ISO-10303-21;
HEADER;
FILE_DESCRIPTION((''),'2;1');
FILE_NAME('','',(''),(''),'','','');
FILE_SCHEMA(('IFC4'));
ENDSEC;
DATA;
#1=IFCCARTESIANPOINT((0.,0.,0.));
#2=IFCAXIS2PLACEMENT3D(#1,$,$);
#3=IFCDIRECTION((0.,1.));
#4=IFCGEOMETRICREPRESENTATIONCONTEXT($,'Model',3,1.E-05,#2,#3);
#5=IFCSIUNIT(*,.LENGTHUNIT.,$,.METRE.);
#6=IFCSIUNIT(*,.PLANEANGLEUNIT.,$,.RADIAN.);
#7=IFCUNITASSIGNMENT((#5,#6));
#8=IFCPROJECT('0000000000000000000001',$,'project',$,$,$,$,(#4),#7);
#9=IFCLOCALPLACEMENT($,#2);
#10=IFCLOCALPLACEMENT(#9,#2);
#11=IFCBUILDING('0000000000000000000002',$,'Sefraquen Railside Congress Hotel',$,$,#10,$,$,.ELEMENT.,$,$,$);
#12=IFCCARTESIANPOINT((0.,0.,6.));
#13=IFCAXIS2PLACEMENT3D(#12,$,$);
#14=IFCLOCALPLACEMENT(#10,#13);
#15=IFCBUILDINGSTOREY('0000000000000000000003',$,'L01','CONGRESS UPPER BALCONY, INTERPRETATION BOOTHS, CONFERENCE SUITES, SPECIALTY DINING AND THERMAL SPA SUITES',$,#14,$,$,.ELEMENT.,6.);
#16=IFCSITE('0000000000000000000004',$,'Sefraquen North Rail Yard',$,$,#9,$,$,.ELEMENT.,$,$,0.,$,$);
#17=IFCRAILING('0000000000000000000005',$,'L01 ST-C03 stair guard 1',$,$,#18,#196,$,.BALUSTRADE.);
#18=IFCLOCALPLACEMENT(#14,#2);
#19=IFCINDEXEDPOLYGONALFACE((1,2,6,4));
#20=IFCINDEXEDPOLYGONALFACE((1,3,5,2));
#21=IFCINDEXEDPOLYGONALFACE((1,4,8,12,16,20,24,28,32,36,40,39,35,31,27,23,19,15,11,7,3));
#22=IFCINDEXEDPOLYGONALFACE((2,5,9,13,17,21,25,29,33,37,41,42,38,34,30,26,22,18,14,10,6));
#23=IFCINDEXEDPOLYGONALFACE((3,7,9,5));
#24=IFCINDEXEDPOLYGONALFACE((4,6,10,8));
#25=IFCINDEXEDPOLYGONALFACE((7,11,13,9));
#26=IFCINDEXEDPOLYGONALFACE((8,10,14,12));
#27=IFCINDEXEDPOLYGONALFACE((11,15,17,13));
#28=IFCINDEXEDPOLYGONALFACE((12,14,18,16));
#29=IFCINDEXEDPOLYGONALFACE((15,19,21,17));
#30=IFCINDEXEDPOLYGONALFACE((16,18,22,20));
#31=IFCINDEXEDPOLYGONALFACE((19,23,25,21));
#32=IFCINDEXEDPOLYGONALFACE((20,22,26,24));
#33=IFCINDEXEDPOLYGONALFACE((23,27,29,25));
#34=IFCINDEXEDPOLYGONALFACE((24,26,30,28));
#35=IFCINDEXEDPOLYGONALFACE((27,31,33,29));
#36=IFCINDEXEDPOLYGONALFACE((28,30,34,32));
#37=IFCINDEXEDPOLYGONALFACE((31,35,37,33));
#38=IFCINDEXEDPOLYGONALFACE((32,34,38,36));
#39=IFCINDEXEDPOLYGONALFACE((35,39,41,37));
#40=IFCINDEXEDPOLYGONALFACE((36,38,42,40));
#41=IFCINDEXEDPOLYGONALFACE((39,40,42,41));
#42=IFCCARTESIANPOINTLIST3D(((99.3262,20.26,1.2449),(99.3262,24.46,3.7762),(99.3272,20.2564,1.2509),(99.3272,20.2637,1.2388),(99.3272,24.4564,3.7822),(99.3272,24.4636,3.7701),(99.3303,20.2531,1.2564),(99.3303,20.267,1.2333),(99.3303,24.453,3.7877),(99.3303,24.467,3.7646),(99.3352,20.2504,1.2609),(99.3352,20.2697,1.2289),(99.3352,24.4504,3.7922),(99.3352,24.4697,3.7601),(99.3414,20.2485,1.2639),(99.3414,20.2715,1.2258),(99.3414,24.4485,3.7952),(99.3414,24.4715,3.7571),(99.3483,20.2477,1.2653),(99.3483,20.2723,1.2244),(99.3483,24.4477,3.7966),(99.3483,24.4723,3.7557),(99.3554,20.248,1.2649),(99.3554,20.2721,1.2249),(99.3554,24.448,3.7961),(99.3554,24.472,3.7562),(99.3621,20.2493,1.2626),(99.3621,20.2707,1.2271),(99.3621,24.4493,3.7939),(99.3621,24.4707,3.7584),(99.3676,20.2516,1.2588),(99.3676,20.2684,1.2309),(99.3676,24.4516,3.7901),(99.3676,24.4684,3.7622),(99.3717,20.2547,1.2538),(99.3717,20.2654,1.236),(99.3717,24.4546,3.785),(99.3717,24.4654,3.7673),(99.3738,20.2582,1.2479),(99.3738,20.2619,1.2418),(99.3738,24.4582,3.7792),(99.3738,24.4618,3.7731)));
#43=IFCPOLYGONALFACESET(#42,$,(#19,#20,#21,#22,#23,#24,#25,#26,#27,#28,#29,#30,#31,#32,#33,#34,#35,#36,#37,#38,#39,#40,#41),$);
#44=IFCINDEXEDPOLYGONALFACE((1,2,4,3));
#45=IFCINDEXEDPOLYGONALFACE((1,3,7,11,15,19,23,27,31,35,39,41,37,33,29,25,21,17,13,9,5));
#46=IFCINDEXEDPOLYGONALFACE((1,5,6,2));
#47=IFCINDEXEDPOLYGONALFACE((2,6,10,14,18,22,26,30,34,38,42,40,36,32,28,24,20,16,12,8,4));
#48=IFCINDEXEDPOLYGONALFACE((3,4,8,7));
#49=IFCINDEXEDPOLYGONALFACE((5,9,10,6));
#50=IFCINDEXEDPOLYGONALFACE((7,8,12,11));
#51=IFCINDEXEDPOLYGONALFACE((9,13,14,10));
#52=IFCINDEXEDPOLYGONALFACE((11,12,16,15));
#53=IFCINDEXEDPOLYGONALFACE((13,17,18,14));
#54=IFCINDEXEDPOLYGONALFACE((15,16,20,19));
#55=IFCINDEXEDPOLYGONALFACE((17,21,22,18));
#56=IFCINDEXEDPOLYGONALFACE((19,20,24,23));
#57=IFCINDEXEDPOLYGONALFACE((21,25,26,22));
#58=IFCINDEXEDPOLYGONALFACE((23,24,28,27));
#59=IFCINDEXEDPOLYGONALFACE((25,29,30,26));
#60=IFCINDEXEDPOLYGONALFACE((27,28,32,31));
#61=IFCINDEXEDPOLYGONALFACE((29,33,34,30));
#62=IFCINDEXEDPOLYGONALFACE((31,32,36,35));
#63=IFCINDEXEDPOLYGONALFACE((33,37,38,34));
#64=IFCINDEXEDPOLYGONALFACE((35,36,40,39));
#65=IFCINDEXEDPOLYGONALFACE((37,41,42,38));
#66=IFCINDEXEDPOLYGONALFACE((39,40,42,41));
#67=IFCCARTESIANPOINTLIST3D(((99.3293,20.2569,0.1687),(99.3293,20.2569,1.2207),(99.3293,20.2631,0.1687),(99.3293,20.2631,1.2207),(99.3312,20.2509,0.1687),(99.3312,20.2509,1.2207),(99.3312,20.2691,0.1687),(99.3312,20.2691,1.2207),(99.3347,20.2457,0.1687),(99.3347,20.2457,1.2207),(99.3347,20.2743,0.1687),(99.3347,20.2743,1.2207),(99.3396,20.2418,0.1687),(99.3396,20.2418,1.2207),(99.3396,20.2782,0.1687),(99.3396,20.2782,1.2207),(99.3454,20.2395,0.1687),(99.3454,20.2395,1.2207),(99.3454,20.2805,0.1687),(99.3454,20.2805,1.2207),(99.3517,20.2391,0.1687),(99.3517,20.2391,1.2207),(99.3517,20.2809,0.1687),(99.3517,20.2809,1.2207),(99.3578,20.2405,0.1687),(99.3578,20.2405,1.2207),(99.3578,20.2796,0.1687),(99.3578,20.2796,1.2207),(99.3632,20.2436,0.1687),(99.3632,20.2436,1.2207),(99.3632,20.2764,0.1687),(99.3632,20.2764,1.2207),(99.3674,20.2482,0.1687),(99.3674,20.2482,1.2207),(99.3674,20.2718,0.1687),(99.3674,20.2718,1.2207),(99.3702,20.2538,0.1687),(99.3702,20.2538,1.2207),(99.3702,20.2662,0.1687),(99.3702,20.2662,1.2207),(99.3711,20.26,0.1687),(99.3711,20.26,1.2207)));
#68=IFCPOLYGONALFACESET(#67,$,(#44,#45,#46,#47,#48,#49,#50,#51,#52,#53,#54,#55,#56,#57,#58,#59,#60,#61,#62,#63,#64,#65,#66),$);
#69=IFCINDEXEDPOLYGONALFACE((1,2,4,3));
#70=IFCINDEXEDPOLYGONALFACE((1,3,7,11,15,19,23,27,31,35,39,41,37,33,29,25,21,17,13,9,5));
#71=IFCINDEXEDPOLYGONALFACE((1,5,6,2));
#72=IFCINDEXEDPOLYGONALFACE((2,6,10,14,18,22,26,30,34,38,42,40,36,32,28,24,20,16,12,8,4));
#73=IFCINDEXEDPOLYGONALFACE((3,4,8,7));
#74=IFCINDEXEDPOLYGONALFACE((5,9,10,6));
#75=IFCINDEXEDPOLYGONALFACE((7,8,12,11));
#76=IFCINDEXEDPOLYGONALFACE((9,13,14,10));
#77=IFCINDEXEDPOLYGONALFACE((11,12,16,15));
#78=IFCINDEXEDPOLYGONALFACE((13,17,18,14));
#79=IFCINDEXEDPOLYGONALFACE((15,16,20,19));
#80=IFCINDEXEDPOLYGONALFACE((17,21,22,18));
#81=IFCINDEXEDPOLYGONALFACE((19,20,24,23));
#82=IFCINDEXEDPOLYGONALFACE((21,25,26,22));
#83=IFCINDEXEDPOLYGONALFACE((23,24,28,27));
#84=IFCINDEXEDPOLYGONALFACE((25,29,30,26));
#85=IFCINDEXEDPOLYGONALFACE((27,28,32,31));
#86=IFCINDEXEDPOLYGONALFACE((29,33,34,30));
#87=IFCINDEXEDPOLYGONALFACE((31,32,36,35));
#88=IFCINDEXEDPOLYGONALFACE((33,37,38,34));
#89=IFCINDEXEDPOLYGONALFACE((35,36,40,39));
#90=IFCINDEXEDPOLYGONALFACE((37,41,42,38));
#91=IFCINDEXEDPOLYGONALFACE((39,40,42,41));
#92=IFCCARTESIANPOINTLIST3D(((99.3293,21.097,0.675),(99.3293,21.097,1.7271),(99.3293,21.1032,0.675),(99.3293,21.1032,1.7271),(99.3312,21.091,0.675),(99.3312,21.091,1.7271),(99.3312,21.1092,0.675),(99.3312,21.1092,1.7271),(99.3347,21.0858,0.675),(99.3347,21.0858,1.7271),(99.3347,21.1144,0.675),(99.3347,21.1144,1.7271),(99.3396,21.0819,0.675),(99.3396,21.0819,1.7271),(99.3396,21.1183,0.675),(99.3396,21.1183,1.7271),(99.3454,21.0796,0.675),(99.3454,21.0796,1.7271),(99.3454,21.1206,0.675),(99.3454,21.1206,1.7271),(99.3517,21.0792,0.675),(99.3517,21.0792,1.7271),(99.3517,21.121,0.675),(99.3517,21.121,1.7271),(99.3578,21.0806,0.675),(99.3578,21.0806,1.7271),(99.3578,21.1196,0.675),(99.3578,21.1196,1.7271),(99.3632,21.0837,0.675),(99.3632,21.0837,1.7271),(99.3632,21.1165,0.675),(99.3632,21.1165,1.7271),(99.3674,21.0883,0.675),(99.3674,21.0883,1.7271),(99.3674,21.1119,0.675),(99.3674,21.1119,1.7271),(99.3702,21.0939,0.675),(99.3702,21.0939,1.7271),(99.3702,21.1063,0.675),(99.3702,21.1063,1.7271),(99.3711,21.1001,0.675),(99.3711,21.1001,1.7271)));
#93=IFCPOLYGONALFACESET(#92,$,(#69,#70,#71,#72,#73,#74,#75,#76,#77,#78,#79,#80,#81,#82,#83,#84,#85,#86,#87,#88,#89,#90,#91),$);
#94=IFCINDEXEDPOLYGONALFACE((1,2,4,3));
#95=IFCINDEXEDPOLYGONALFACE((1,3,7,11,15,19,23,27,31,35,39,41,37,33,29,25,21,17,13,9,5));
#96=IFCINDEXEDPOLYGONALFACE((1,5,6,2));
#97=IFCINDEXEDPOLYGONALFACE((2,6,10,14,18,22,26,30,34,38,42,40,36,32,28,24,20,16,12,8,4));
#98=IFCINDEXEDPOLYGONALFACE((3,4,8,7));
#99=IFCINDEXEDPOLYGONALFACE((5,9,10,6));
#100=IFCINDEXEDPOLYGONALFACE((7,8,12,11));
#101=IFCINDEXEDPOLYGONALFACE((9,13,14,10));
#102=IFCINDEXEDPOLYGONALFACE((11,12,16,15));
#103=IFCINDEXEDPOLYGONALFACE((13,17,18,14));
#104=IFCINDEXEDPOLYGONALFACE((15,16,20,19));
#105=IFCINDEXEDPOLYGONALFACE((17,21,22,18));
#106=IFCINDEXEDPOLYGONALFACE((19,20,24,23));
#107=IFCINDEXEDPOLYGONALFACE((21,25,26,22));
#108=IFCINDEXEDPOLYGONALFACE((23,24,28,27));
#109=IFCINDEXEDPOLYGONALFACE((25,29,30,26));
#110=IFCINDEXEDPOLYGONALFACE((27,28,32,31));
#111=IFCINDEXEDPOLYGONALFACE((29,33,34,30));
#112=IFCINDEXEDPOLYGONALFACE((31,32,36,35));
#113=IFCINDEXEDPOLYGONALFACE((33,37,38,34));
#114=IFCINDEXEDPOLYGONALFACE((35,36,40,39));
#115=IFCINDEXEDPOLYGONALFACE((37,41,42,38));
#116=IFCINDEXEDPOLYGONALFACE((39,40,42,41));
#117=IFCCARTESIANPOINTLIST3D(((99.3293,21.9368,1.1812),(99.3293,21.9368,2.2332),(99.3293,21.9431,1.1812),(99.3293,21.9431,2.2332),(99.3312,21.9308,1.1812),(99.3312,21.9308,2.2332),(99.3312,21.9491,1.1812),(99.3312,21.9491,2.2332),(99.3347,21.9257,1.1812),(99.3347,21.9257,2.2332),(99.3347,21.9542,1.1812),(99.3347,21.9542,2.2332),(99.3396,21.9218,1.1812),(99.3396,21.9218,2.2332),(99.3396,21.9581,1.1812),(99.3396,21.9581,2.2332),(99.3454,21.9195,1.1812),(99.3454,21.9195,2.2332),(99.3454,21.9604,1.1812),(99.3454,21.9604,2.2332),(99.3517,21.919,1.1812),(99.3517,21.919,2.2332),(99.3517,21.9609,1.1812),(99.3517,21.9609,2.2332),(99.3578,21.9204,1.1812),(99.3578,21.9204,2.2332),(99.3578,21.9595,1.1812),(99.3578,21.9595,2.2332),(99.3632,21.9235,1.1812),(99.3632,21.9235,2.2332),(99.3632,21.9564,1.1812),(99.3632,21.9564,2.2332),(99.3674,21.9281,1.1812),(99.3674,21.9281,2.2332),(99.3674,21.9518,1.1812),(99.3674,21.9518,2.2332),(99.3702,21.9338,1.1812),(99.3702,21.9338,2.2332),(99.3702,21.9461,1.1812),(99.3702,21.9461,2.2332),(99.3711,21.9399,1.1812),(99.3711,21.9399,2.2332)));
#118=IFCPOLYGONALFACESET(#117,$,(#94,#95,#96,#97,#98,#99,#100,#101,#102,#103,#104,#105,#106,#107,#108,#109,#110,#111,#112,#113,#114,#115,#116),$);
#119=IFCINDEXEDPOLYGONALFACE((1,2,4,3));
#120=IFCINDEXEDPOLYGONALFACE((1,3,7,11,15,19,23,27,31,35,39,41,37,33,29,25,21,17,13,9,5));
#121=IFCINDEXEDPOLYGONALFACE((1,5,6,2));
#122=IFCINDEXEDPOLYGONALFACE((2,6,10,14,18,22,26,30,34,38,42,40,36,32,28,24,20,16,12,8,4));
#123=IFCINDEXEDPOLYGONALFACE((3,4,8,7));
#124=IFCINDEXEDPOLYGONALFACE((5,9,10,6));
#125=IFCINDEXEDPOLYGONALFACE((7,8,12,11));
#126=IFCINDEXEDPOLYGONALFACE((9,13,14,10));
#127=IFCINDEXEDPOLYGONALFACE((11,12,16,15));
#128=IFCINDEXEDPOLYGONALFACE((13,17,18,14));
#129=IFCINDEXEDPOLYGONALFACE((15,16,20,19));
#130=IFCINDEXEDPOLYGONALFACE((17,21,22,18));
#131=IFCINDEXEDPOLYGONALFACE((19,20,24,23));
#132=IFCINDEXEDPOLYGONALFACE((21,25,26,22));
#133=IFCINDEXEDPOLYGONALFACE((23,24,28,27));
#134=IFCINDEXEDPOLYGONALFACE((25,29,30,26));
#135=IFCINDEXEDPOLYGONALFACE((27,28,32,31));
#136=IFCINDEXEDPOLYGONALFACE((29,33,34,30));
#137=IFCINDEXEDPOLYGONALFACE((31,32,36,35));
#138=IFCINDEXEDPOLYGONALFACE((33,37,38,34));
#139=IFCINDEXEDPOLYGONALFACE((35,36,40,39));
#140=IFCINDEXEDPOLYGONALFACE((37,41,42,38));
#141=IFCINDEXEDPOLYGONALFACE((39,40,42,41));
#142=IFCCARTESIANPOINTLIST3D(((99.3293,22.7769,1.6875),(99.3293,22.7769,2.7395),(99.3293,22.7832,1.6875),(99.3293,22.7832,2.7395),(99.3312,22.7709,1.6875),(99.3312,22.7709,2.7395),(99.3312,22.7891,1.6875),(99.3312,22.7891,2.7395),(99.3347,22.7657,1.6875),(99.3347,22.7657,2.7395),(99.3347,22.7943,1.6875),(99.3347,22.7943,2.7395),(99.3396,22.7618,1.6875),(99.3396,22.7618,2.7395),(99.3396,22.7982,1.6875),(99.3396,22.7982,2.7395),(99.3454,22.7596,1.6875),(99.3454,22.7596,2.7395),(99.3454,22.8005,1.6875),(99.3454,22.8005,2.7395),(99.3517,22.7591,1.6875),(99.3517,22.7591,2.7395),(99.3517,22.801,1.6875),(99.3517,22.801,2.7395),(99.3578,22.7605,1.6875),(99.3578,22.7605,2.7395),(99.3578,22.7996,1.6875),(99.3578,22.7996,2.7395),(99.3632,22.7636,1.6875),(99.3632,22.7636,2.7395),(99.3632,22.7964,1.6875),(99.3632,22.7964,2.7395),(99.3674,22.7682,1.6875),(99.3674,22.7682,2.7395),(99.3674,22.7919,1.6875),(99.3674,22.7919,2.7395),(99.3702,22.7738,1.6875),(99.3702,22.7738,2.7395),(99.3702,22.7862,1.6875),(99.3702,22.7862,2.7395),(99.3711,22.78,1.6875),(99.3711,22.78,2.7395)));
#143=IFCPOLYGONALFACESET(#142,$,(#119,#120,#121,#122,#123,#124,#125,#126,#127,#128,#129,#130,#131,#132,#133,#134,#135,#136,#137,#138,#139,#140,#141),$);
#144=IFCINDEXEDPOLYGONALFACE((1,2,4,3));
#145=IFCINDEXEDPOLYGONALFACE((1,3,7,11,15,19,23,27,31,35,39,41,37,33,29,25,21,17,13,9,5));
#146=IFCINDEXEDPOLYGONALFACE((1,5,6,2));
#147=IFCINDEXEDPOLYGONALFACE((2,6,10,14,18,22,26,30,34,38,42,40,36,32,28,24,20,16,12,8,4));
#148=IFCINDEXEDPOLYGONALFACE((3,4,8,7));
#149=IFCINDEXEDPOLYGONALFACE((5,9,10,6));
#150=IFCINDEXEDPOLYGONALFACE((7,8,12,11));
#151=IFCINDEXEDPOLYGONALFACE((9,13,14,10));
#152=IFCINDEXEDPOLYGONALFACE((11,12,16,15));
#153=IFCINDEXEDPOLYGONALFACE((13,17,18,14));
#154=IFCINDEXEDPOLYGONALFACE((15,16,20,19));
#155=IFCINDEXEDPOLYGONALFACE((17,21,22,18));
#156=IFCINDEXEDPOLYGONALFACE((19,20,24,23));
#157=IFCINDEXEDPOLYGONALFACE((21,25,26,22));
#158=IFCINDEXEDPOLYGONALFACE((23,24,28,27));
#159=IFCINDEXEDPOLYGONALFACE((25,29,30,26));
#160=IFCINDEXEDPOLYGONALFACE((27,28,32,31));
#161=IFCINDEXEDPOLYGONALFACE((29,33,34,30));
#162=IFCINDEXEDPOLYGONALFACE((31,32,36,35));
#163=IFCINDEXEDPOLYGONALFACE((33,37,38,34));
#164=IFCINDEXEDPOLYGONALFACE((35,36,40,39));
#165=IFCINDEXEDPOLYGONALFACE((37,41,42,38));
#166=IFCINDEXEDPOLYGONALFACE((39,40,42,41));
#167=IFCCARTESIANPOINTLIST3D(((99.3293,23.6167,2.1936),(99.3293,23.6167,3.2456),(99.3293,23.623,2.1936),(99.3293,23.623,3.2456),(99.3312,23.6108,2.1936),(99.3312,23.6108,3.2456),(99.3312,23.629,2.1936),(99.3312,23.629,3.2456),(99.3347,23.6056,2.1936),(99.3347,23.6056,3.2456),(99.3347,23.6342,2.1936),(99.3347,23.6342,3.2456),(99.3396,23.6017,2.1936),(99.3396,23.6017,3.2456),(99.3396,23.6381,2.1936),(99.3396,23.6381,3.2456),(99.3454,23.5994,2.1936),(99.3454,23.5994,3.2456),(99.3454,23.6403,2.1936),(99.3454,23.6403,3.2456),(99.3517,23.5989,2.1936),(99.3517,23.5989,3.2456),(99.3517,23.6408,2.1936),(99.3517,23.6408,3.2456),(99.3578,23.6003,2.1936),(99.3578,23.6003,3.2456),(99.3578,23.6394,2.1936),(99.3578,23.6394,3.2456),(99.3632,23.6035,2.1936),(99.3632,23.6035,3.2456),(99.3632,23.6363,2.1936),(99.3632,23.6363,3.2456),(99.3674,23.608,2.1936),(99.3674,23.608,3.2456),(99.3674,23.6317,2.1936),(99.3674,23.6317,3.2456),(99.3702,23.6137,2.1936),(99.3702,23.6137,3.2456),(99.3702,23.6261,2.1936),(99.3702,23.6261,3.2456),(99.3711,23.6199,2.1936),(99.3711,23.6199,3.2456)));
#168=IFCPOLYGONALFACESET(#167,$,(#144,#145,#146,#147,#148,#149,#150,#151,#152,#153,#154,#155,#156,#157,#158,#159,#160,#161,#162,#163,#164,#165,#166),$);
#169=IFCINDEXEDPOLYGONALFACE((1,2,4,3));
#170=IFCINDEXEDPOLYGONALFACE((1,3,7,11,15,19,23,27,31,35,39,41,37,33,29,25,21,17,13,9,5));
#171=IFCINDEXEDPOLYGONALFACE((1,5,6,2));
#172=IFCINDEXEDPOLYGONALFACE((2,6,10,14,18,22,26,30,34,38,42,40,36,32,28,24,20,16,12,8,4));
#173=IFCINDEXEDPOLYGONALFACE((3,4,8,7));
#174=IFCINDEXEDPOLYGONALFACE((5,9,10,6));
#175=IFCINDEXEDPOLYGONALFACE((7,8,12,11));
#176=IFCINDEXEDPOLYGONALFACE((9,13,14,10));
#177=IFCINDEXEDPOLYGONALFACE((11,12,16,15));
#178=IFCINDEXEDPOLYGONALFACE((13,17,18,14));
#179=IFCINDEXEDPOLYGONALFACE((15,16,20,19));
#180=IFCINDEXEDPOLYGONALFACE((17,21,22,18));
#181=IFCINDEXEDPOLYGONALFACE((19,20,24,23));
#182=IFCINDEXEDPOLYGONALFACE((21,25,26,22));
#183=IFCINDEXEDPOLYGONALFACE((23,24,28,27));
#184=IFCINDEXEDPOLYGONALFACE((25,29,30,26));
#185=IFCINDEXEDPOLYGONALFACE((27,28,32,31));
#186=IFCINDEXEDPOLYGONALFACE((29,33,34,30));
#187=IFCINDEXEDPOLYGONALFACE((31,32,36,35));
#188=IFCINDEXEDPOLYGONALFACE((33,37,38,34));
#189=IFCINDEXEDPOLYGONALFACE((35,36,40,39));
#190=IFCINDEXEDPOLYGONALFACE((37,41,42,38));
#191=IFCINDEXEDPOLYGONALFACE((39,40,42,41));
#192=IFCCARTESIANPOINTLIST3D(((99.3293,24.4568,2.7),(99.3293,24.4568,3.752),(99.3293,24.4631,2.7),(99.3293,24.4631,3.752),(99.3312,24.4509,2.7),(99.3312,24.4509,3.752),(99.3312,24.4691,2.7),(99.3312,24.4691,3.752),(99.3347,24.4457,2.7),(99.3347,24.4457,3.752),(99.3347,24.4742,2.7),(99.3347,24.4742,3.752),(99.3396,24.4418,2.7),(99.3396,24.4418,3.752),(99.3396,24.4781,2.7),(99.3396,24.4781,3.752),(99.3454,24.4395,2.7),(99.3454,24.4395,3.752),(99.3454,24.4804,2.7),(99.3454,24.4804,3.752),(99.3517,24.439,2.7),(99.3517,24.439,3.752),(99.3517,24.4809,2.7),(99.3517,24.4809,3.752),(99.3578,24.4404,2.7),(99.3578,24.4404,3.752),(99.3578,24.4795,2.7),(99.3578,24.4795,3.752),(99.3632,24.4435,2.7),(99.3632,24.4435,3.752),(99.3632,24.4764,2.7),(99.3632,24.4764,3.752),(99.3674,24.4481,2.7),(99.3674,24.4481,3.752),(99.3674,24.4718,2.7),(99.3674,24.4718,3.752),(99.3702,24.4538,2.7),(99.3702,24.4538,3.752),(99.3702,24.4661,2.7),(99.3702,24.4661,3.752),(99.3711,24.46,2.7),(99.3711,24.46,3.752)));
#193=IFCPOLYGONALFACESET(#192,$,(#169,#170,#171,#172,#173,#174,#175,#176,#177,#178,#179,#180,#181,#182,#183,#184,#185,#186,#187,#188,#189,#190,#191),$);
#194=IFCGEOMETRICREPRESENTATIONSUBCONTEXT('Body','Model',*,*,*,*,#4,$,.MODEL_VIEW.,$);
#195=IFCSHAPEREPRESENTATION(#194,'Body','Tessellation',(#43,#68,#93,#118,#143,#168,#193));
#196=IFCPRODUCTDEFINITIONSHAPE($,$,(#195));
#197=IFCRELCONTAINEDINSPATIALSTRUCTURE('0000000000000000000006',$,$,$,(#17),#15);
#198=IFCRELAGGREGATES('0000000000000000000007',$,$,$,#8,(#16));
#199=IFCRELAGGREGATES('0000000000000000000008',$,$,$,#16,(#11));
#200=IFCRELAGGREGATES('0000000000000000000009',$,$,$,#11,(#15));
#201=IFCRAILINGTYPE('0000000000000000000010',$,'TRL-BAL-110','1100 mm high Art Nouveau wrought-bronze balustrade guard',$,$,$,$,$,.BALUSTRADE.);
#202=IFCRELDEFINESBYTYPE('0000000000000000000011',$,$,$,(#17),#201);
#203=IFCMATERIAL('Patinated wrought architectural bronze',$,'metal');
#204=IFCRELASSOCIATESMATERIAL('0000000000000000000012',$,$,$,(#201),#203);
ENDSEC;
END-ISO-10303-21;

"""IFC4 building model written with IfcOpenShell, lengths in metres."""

from ifc_helpers import new_model, si_unit, direction, frame, origin, origin_2d, place, context, subcontext, project, spatial, circle, extrude, material, type_object, element, save


model = new_model("IFC4")

# Units and contexts
model_context = context("Model", 3, precision=1e-05, world=origin(), true_north=direction((0.0, 1.0)))
body_context = subcontext(model_context, "Body", "Model", "MODEL_VIEW")
ifc_project = project(units=[si_unit("LENGTHUNIT", "METRE"), si_unit("PLANEANGLEUNIT", "RADIAN")], contexts=[model_context])

# Site, building, storey
site_placement = place(None, origin())
site = spatial("IfcSite", under=ifc_project, at=site_placement, Name="Sefraquen North Rail Yard", CompositionType="ELEMENT", RefElevation=0.0)
building_placement = place(site_placement, origin())
building = spatial("IfcBuilding", under=site, at=building_placement, Name="Sefraquen Railside Congress Hotel", CompositionType="ELEMENT")
storey_placement = place(building_placement, frame((0.0, 0.0, 6.0)))
storey = spatial("IfcBuildingStorey", under=building, at=storey_placement, Name="L01", Description="CONGRESS UPPER BALCONY, INTERPRETATION BOOTHS, CONFERENCE SUITES, SPECIALTY DINING AND THERMAL SPA SUITES", CompositionType="ELEMENT", Elevation=6.0)

# Railing
ifc_material_1 = material(Name="Patinated wrought architectural bronze", Category="metal")
railing_type_1 = type_object("IfcRailingType", Name="TRL-BAL-110", Description="1100 mm high Art Nouveau wrought-bronze balustrade guard", PredefinedType="BALUSTRADE", material=ifc_material_1)
railing_1_placement = place(storey_placement, frame((99.3501, 20.26, 0.1687)))
element("IfcRailing", 1, at=railing_1_placement, inside=storey, type_object=railing_type_1, Name="L01 ST-C03 stair guard 1", PredefinedType="BALUSTRADE", context=body_context, shape_type="SweptSolid", body=[
    extrude(circle(Radius=0.0239, at=origin_2d()), frame((0.0, 0.0, 1.0762), z_axis=(0.0, 0.856476, 0.516186), x_axis=(-1.0, 0.0, 0.0)), (0.0, 0.0, 1.0), 4.9038),
    extrude(circle(Radius=0.021, at=origin_2d()), origin(), (0.0, 0.0, 1.0), 1.052),
    extrude(circle(Radius=0.021, at=origin_2d()), frame((0.0, 0.8401, 0.5063)), (0.0, 0.0, 1.0), 1.052),
    extrude(circle(Radius=0.021, at=origin_2d()), frame((0.0, 1.6799, 1.0125)), (0.0, 0.0, 1.0), 1.052),
    extrude(circle(Radius=0.021, at=origin_2d()), frame((0.0, 2.52, 1.5188)), (0.0, 0.0, 1.0), 1.052),
    extrude(circle(Radius=0.021, at=origin_2d()), frame((0.0, 3.3599, 2.0249)), (0.0, 0.0, 1.0), 1.052),
    extrude(circle(Radius=0.021, at=origin_2d()), frame((0.0, 4.2, 2.5312)), (0.0, 0.0, 1.0), 1.052),
])

save(model, "model.ifc")
